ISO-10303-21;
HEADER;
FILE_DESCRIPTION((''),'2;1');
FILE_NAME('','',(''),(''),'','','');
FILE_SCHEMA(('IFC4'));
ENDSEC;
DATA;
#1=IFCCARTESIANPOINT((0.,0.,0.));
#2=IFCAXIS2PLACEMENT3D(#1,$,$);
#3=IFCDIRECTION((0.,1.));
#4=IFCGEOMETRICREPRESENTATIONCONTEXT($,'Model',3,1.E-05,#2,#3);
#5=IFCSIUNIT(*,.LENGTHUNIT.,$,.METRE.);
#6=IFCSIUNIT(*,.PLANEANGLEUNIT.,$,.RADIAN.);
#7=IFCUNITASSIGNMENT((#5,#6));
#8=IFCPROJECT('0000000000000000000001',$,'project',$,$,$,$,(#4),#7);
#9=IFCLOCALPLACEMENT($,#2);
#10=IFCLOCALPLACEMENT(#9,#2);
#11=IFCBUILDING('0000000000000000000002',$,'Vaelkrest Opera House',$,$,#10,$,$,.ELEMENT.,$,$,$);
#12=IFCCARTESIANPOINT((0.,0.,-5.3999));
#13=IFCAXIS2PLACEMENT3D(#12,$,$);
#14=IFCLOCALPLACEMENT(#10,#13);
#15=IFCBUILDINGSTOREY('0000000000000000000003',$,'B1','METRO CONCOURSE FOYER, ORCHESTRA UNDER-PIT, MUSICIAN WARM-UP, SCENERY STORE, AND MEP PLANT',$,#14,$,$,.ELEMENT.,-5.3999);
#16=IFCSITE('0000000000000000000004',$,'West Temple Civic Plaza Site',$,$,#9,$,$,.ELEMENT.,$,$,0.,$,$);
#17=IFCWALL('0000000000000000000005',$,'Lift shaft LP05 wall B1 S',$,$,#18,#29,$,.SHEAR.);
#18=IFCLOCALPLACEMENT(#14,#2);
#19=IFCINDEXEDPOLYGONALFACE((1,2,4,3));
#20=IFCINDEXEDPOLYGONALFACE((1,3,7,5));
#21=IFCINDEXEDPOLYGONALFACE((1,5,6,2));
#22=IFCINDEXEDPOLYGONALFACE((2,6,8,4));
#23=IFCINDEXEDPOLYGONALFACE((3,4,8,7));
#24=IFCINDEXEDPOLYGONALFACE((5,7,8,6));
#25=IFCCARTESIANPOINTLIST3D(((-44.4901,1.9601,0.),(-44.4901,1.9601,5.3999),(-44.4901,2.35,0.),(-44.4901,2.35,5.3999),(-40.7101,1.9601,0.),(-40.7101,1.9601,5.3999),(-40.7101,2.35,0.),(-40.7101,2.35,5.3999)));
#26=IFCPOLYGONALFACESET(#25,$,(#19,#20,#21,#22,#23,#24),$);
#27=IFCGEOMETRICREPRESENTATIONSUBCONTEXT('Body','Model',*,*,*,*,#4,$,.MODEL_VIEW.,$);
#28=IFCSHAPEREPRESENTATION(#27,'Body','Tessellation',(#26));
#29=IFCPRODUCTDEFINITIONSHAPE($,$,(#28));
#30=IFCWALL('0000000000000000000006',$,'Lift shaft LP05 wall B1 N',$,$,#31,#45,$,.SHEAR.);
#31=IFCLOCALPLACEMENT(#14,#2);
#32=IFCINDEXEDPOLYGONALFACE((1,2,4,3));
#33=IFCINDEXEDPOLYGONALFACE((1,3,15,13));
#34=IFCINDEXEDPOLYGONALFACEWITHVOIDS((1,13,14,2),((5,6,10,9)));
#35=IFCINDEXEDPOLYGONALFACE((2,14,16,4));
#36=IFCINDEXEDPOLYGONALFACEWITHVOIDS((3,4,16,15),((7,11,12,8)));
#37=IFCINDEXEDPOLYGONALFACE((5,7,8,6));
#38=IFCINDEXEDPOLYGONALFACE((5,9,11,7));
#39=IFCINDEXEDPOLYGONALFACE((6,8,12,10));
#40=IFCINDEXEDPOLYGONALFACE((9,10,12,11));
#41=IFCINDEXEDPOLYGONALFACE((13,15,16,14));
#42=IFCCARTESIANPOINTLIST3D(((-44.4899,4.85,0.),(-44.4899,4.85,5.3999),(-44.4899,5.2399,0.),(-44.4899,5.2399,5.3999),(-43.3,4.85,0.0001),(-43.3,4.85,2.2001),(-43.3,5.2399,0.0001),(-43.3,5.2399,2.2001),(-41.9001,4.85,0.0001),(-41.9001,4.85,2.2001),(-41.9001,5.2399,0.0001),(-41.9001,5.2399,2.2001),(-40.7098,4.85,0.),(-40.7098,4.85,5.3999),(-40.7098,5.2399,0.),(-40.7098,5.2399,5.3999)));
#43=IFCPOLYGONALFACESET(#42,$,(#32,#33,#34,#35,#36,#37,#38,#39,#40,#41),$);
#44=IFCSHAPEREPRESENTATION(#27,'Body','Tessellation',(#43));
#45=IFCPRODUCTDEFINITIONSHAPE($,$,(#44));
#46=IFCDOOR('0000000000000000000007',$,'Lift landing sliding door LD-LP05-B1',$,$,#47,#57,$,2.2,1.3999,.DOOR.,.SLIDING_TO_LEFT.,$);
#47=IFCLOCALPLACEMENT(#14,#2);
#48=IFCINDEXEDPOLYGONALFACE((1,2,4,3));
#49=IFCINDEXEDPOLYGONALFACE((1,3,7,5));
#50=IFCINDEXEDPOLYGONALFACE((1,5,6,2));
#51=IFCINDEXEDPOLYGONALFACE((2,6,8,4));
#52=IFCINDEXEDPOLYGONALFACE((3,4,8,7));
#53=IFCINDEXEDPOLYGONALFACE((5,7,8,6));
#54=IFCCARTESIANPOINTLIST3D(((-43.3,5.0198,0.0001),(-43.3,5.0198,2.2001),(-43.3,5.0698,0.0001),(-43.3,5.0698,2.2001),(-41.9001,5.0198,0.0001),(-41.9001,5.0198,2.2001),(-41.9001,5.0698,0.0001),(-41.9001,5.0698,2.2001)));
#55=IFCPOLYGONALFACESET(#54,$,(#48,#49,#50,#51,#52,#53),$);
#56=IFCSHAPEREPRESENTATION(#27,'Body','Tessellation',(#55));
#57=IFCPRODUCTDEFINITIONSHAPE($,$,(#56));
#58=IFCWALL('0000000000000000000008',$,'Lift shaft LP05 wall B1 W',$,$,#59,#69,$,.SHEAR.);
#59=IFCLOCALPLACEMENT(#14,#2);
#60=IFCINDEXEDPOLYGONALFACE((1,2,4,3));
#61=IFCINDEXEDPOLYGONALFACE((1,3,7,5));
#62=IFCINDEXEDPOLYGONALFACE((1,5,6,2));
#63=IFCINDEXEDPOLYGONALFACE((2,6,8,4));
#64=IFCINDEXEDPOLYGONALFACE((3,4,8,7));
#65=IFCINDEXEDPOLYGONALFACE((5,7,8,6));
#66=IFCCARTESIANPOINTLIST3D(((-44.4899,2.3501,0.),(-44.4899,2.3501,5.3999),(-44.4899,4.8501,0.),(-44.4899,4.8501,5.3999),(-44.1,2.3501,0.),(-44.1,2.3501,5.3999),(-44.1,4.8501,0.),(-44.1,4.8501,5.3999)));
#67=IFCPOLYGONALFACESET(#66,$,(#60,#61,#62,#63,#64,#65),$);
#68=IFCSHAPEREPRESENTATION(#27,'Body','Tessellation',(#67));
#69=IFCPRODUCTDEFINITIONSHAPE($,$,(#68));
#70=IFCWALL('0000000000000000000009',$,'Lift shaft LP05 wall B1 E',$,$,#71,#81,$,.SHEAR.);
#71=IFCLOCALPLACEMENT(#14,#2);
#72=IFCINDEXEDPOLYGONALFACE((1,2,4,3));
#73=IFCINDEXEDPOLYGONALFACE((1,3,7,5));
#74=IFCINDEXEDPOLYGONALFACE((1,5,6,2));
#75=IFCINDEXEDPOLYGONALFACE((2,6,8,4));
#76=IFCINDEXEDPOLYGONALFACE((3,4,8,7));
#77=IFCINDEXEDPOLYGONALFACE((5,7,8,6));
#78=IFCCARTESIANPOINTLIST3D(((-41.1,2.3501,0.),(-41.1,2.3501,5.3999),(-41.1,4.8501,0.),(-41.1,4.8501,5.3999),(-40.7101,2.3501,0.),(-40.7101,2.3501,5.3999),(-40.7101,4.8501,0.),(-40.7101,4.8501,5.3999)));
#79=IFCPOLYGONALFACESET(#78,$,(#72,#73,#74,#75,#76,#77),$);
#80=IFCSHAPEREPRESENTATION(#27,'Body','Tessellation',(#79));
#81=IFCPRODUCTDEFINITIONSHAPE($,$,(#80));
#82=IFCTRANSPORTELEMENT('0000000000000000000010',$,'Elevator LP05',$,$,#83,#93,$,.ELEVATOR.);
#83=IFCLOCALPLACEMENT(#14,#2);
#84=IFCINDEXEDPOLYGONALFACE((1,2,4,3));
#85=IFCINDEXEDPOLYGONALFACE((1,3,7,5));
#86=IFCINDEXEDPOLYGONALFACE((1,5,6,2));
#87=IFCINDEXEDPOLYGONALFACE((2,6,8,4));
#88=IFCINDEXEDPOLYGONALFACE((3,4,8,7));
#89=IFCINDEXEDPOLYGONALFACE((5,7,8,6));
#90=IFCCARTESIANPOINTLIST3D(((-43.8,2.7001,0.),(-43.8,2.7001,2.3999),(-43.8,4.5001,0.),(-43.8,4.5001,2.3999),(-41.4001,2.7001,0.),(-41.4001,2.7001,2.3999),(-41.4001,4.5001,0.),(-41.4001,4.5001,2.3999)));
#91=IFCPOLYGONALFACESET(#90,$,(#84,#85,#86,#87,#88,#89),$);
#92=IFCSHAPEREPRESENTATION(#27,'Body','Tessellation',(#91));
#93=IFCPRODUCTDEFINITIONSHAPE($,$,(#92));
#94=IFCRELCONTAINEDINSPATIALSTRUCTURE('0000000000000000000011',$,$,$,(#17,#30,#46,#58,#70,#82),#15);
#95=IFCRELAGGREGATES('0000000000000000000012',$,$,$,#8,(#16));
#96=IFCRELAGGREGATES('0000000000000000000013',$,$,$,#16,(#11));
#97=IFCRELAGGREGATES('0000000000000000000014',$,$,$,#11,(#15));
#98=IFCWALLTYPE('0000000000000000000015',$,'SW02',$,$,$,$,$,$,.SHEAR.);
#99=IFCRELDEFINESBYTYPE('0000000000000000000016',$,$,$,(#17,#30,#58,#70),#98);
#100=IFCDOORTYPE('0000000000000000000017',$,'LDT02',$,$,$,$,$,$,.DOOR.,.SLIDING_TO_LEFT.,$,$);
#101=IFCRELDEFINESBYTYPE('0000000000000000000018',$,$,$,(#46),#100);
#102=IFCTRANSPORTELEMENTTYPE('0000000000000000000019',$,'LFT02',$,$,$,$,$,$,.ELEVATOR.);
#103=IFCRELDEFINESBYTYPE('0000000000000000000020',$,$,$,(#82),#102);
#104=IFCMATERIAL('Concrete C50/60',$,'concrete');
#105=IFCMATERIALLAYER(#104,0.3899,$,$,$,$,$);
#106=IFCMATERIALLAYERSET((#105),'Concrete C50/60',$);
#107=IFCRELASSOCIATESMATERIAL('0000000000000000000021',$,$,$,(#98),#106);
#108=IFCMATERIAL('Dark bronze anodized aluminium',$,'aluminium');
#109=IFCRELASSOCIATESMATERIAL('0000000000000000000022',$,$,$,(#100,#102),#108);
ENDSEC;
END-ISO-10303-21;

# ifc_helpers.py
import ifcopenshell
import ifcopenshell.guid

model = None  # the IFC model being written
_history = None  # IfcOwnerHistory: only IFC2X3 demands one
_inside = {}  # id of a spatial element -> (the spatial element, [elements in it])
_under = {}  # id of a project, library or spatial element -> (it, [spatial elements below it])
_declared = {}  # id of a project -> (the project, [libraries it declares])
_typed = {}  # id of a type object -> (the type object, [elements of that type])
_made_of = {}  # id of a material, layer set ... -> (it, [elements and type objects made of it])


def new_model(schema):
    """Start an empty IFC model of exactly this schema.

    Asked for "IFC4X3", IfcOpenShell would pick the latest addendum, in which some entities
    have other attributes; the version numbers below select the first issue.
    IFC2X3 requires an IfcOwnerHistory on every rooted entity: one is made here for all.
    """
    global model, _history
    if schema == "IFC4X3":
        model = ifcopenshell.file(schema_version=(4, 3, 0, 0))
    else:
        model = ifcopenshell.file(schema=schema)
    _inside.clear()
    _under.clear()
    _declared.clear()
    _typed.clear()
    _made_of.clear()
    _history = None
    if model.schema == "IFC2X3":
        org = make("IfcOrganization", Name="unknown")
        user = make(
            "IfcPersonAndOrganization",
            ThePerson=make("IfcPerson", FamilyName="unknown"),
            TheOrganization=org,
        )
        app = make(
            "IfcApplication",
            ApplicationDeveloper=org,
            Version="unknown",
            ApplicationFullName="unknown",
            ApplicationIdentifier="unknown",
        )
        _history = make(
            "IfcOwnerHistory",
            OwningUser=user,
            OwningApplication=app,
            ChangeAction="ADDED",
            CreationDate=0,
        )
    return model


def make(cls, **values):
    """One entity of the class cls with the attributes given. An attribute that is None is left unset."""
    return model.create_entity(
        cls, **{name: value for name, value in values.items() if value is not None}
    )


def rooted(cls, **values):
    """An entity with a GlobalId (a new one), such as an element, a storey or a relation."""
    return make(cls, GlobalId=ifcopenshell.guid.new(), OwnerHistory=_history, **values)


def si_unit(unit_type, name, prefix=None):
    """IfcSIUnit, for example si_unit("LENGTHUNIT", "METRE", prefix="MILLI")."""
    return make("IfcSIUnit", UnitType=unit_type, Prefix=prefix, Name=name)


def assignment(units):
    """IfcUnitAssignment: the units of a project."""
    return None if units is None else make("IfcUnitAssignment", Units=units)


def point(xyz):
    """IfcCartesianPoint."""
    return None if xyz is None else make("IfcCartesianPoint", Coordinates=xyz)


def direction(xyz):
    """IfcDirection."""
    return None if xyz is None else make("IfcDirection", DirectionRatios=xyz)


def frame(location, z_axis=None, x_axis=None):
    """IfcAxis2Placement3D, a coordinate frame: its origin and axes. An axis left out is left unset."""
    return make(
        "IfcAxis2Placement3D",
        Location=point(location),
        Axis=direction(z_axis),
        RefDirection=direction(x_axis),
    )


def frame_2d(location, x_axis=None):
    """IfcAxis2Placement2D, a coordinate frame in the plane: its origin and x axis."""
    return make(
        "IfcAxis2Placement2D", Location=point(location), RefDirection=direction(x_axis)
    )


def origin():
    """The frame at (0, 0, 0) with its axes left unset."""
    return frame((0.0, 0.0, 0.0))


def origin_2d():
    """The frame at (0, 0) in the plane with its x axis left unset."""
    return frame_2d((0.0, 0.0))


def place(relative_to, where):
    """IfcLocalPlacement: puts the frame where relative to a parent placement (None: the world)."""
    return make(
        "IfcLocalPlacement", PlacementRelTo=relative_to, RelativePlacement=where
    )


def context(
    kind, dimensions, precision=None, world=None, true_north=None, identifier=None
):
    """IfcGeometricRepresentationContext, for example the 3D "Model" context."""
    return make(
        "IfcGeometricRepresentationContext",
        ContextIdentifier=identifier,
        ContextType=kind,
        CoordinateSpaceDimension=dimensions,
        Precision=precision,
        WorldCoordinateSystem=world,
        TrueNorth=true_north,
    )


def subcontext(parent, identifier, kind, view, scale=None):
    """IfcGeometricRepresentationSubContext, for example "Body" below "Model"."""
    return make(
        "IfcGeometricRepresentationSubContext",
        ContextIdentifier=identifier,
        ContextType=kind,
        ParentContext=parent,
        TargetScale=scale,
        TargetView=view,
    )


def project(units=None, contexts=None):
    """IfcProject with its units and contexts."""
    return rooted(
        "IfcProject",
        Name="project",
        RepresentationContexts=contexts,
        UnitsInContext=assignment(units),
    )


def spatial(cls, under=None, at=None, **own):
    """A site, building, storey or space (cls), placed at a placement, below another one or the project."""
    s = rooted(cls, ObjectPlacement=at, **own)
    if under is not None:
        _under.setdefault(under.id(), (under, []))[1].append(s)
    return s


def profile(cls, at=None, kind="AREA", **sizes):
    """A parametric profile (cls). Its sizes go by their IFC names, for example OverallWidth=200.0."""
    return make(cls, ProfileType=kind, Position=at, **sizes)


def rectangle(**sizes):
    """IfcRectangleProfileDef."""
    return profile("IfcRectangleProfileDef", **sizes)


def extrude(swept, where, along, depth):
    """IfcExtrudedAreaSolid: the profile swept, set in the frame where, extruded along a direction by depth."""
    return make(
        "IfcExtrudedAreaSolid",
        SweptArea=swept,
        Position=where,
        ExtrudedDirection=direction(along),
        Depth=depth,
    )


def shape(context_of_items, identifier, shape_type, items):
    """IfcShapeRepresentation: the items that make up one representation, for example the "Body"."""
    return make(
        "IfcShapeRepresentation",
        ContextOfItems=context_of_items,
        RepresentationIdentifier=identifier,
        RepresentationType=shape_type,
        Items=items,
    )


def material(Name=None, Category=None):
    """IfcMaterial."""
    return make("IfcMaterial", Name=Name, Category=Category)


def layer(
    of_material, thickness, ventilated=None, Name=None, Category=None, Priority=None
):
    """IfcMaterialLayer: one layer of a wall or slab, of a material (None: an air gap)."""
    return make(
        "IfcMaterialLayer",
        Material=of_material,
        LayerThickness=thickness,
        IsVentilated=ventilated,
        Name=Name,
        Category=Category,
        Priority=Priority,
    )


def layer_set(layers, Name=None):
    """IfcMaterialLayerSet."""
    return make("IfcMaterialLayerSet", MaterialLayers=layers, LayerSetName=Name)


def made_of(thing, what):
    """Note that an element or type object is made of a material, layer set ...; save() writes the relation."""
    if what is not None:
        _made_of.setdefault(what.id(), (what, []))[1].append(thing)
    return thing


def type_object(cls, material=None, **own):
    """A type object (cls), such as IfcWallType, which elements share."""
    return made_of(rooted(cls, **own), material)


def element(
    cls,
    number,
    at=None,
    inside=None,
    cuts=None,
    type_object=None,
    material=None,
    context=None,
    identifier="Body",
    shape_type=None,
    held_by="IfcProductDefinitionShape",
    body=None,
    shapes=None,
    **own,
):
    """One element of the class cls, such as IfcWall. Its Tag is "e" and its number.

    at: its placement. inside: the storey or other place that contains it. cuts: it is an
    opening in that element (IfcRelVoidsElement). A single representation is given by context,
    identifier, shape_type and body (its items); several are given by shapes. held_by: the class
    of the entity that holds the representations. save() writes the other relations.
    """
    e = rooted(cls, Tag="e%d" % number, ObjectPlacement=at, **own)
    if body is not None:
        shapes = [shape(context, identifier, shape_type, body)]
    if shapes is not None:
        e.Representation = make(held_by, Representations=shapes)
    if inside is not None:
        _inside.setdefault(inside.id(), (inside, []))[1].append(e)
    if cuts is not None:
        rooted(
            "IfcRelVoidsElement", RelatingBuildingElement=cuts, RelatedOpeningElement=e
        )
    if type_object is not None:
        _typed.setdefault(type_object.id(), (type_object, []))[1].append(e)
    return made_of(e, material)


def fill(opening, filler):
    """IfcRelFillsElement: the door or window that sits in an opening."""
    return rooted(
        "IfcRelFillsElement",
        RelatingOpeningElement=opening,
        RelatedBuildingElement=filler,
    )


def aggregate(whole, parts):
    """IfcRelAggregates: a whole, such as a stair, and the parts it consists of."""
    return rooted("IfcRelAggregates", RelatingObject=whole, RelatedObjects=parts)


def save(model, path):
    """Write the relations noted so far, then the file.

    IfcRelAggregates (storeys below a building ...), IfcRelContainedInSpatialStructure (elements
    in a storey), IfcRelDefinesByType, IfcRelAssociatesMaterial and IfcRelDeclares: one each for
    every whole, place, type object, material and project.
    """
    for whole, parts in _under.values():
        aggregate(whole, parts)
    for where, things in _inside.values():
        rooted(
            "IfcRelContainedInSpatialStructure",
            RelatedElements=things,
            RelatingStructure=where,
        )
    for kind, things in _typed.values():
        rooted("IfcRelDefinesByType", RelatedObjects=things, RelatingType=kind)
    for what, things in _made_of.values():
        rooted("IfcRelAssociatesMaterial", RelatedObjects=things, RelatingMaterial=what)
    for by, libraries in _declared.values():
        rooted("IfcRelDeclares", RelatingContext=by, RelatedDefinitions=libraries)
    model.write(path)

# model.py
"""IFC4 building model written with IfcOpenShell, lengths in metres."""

from ifc_helpers import new_model, si_unit, direction, frame, frame_2d, origin, origin_2d, place, context, subcontext, project, spatial, rectangle, extrude, material, layer, layer_set, type_object, element, fill, save


model = new_model("IFC4")

# Units and contexts
model_context = context("Model", 3, precision=1e-05, world=origin(), true_north=direction((0.0, 1.0)))
body_context = subcontext(model_context, "Body", "Model", "MODEL_VIEW")
ifc_project = project(units=[si_unit("LENGTHUNIT", "METRE"), si_unit("PLANEANGLEUNIT", "RADIAN")], contexts=[model_context])

# Site, building, storey
site_placement = place(None, origin())
site = spatial("IfcSite", under=ifc_project, at=site_placement, Name="West Temple Civic Plaza Site", CompositionType="ELEMENT", RefElevation=0.0)
building_placement = place(site_placement, origin())
building = spatial("IfcBuilding", under=site, at=building_placement, Name="Vaelkrest Opera House", CompositionType="ELEMENT")
storey_placement = place(building_placement, frame((0.0, 0.0, -5.3999)))
storey = spatial("IfcBuildingStorey", under=building, at=storey_placement, Name="B1", Description="METRO CONCOURSE FOYER, ORCHESTRA UNDER-PIT, MUSICIAN WARM-UP, SCENERY STORE, AND MEP PLANT", CompositionType="ELEMENT", Elevation=-5.3999)

# Shared definitions
ifc_material_1 = material(Name="Concrete C50/60", Category="concrete")

# Wall
ifc_layer_1 = layer(ifc_material_1, 0.3899)
ifc_layer_set_1 = layer_set([ifc_layer_1], Name="Concrete C50/60")
wall_type_1 = type_object("IfcWallType", Name="SW02", PredefinedType="SHEAR", material=ifc_layer_set_1)
wall_1_placement = place(storey_placement, frame((-40.71, 2.155, 0.0), z_axis=(0.0, 0.0, 1.0), x_axis=(-1.0, 0.0, 0.0)))
element("IfcWall", 1, at=wall_1_placement, inside=storey, type_object=wall_type_1, Name="Lift shaft LP05 wall B1 S", PredefinedType="SHEAR", context=body_context, shape_type="SweptSolid", body=[
    extrude(rectangle(XDim=3.78, YDim=0.3899, at=frame_2d((1.8901, 0.0))), origin(), (0.0, 0.0, 1.0), 5.3999),
])

# Wall, opening, door
wall_2_placement = place(storey_placement, frame((-44.49, 5.0449, 0.0), z_axis=(0.0, 0.0, 1.0), x_axis=(1.0, 0.0, 0.0)))
wall_2 = element("IfcWall", 2, at=wall_2_placement, inside=storey, type_object=wall_type_1, Name="Lift shaft LP05 wall B1 N", PredefinedType="SHEAR", context=body_context, shape_type="SweptSolid", body=[
    extrude(rectangle(XDim=3.78, YDim=0.3899, at=frame_2d((1.8901, 0.0))), origin(), (0.0, 0.0, 1.0), 5.3999),
])
opening_1_placement = place(wall_2_placement, frame((1.1899, 0.0, 0.0)))
opening_1 = element("IfcOpeningElement", 3, at=opening_1_placement, cuts=wall_2, PredefinedType="OPENING", context=body_context, shape_type="SweptSolid", body=[
    extrude(rectangle(XDim=1.3999, YDim=2.2, at=frame_2d((0.7, 1.1001))), frame((0.0, 0.2048, 0.0), z_axis=(0.0, -1.0, 0.0), x_axis=(1.0, 0.0, 0.0)), (0.0, 0.0, 1.0), 0.4099),
])
ifc_material_2 = material(Name="Dark bronze anodized aluminium", Category="aluminium")
door_type_1 = type_object("IfcDoorType", Name="LDT02", OperationType="SLIDING_TO_LEFT", PredefinedType="DOOR", material=ifc_material_2)
door_1_placement = place(opening_1_placement, origin())
door_1 = element("IfcDoor", 4, at=door_1_placement, inside=storey, type_object=door_type_1, Name="Lift landing sliding door LD-LP05-B1", OperationType="SLIDING_TO_LEFT", OverallHeight=2.2, OverallWidth=1.3999, PredefinedType="DOOR", context=body_context, shape_type="SweptSolid", body=[
    extrude(rectangle(XDim=1.3999, YDim=2.2, at=frame_2d((0.7, 1.1001))), frame((0.0, 0.0249, 0.0), z_axis=(0.0, -1.0, 0.0), x_axis=(1.0, 0.0, 0.0)), (0.0, 0.0, 1.0), 0.05),
])
fill(opening_1, door_1)

# Walls
for number, where, z_axis, x_axis, name in (
    (5, (-44.2949, 2.3501, 0.0), (0.0, 0.0, 1.0), (0.0, 1.0, 0.0), "Lift shaft LP05 wall B1 W"),
    (6, (-40.905, 4.8501, 0.0), (0.0, 0.0, 1.0), (0.0, -1.0, 0.0), "Lift shaft LP05 wall B1 E"),
):
    element("IfcWall", number, at=place(storey_placement, frame(where, z_axis=z_axis, x_axis=x_axis)), inside=storey, type_object=wall_type_1, Name=name, PredefinedType="SHEAR", context=body_context, shape_type="SweptSolid", body=[
        extrude(rectangle(XDim=2.5, YDim=0.3899, at=frame_2d((1.25, 0.0))), origin(), (0.0, 0.0, 1.0), 5.3999),
    ])

# Transport element
transport_element_type = type_object("IfcTransportElementType", Name="LFT02", PredefinedType="ELEVATOR", material=ifc_material_2)
transport_element_placement = place(storey_placement, frame((-42.6001, 3.6001, 0.0), z_axis=(0.0, 0.0, 1.0), x_axis=(1.0, 0.0, 0.0)))
element("IfcTransportElement", 7, at=transport_element_placement, inside=storey, type_object=transport_element_type, Name="Elevator LP05", PredefinedType="ELEVATOR", context=body_context, shape_type="SweptSolid", body=[
    extrude(rectangle(XDim=2.3999, YDim=1.8, at=origin_2d()), origin(), (0.0, 0.0, 1.0), 2.3999),
])

save(model, "model.ifc")
